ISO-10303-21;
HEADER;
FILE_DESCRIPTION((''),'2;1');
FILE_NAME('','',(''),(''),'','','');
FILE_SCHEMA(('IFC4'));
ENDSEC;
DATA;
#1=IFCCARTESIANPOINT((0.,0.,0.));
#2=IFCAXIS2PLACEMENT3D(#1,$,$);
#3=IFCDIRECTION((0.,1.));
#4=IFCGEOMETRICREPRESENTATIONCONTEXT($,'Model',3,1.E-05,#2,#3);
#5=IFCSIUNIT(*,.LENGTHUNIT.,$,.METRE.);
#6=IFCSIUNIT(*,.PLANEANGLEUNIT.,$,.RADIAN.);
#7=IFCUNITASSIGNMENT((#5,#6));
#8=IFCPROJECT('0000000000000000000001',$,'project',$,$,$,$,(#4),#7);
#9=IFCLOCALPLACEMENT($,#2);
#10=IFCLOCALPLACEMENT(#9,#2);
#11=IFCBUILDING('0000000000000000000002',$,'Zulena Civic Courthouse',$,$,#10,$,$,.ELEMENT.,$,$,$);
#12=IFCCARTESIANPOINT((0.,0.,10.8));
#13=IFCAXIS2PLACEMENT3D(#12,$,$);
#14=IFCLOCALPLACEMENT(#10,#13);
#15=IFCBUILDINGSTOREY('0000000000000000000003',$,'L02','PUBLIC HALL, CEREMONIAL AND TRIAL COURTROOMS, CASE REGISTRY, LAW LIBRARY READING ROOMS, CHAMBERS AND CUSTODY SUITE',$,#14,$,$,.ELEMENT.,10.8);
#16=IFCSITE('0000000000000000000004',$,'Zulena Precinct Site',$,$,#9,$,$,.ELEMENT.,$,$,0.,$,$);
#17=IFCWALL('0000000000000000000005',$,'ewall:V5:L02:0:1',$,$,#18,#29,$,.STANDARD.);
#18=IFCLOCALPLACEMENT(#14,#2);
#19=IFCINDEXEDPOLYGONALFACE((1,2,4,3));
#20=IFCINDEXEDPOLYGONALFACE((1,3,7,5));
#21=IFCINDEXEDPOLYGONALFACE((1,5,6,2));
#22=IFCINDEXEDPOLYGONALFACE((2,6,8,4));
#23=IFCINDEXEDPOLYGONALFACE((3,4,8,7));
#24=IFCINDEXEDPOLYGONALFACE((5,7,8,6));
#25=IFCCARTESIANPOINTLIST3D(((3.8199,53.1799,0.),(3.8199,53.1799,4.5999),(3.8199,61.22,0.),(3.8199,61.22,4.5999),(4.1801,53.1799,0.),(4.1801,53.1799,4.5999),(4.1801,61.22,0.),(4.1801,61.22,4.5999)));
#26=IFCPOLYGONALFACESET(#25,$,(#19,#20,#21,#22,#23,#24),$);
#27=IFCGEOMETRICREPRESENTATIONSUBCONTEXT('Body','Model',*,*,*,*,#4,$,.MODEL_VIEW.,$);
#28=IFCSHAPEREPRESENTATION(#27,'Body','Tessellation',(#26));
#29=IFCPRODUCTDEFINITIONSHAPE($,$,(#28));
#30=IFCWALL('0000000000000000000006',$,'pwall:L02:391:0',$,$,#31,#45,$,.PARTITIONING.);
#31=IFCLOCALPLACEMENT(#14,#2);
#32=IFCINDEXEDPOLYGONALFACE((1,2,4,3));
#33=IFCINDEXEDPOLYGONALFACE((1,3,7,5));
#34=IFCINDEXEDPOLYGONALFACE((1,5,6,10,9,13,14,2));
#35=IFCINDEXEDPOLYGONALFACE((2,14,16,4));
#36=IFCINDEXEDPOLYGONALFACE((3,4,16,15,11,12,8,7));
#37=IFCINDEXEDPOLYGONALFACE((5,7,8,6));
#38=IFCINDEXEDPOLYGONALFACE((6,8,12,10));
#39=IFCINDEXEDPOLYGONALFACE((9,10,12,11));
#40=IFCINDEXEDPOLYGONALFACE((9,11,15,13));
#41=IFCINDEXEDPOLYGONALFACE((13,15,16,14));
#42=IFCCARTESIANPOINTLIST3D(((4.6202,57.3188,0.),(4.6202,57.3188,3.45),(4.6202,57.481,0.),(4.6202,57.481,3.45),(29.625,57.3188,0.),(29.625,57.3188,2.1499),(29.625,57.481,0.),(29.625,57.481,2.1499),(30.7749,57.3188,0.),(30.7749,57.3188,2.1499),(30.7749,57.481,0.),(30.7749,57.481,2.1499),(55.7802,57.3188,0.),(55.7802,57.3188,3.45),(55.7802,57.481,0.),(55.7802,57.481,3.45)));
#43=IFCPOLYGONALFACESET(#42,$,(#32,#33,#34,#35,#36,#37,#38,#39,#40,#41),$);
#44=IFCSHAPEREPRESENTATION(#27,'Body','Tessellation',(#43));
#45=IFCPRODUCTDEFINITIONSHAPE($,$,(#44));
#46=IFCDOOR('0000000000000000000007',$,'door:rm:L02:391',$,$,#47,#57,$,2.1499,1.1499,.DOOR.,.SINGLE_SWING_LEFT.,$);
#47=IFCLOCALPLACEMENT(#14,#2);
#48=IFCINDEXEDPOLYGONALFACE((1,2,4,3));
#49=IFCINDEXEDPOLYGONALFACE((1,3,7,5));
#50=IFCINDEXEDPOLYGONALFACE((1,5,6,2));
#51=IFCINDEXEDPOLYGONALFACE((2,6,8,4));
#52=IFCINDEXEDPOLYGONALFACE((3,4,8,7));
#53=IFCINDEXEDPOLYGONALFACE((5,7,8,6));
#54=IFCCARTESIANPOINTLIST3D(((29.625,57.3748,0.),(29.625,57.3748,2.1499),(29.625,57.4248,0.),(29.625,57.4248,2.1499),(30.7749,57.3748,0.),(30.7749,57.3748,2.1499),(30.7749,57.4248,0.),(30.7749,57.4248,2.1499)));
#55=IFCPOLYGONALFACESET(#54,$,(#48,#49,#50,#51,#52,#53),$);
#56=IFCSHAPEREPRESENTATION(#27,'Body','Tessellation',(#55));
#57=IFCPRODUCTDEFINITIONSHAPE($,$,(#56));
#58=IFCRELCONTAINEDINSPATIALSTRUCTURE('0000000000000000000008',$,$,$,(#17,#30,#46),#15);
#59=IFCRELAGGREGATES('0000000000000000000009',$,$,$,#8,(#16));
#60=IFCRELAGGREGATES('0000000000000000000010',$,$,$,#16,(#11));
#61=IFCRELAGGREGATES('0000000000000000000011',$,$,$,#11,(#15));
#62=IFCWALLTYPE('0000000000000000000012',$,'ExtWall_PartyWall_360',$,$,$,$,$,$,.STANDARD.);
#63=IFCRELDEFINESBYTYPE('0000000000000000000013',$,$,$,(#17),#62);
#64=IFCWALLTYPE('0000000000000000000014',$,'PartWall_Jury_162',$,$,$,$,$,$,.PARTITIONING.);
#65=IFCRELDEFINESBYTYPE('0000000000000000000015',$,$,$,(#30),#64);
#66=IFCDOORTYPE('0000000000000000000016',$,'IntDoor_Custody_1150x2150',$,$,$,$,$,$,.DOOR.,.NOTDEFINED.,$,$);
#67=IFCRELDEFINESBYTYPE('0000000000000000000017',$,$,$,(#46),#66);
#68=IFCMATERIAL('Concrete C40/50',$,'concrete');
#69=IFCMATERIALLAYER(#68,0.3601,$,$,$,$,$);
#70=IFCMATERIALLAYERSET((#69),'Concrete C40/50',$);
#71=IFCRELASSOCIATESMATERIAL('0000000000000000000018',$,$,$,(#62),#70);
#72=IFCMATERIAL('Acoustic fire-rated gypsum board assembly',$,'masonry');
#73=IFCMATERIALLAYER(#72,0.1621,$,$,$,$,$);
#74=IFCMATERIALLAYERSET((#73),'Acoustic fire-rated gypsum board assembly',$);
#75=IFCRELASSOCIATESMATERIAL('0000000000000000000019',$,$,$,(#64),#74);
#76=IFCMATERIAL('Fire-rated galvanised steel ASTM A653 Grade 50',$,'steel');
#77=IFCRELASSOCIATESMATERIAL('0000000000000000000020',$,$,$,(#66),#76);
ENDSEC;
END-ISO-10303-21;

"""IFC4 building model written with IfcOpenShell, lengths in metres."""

from ifc_helpers import new_model, si_unit, direction, frame, frame_2d, origin, place, context, subcontext, project, spatial, rectangle, extrude, material, layer, layer_set, type_object, element, fill, save


model = new_model("IFC4")

# Units and contexts
model_context = context("Model", 3, precision=1e-05, world=origin(), true_north=direction((0.0, 1.0)))
body_context = subcontext(model_context, "Body", "Model", "MODEL_VIEW")
ifc_project = project(units=[si_unit("LENGTHUNIT", "METRE"), si_unit("PLANEANGLEUNIT", "RADIAN")], contexts=[model_context])

# Site, building, storey
site_placement = place(None, origin())
site = spatial("IfcSite", under=ifc_project, at=site_placement, Name="Zulena Precinct Site", CompositionType="ELEMENT", RefElevation=0.0)
building_placement = place(site_placement, origin())
building = spatial("IfcBuilding", under=site, at=building_placement, Name="Zulena Civic Courthouse", CompositionType="ELEMENT")
storey_placement = place(building_placement, frame((0.0, 0.0, 10.8)))
storey = spatial("IfcBuildingStorey", under=building, at=storey_placement, Name="L02", Description="PUBLIC HALL, CEREMONIAL AND TRIAL COURTROOMS, CASE REGISTRY, LAW LIBRARY READING ROOMS, CHAMBERS AND CUSTODY SUITE", CompositionType="ELEMENT", Elevation=10.8)

# Shared definitions
ifc_material_1 = material(Name="Concrete C40/50", Category="concrete")

# Wall
ifc_layer_1 = layer(ifc_material_1, 0.3601)
ifc_layer_set_1 = layer_set([ifc_layer_1], Name="Concrete C40/50")
wall_type_1 = type_object("IfcWallType", Name="ExtWall_PartyWall_360", PredefinedType="STANDARD", material=ifc_layer_set_1)
wall_1_placement = place(storey_placement, frame((4.0, 53.1799, 0.0), z_axis=(0.0, 0.0, 1.0), x_axis=(0.0, 1.0, 0.0)))
element("IfcWall", 1, at=wall_1_placement, inside=storey, type_object=wall_type_1, Name="ewall:V5:L02:0:1", PredefinedType="STANDARD", context=body_context, shape_type="SweptSolid", body=[
    extrude(rectangle(XDim=8.04, YDim=0.3601, at=frame_2d((4.02, 0.0))), origin(), (0.0, 0.0, 1.0), 4.5999),
])

# Wall, opening, door
ifc_material_2 = material(Name="Acoustic fire-rated gypsum board assembly", Category="masonry")
ifc_layer_2 = layer(ifc_material_2, 0.1621)
ifc_layer_set_2 = layer_set([ifc_layer_2], Name="Acoustic fire-rated gypsum board assembly")
wall_type_2 = type_object("IfcWallType", Name="PartWall_Jury_162", PredefinedType="PARTITIONING", material=ifc_layer_set_2)
wall_2_placement = place(storey_placement, frame((4.6201, 57.3999, 0.0), z_axis=(0.0, 0.0, 1.0), x_axis=(1.0, 0.0, 0.0)))
wall_2 = element("IfcWall", 2, at=wall_2_placement, inside=storey, type_object=wall_type_2, Name="pwall:L02:391:0", PredefinedType="PARTITIONING", context=body_context, shape_type="SweptSolid", body=[
    extrude(rectangle(XDim=51.1599, YDim=0.1621, at=frame_2d((25.5801, 0.0))), origin(), (0.0, 0.0, 1.0), 3.45),
])
opening_1_placement = place(wall_2_placement, frame((25.0049, 0.0, 0.0)))
opening_1 = element("IfcOpeningElement", 3, at=opening_1_placement, cuts=wall_2, PredefinedType="OPENING", context=body_context, shape_type="SweptSolid", body=[
    extrude(rectangle(XDim=1.1499, YDim=2.1499, at=frame_2d((0.575, 1.075))), frame((0.0, 0.0911, 0.0), z_axis=(0.0, -1.0, 0.0), x_axis=(1.0, 0.0, 0.0)), (0.0, 0.0, 1.0), 0.1821),
])
ifc_material_3 = material(Name="Fire-rated galvanised steel ASTM A653 Grade 50", Category="steel")
door_type = type_object("IfcDoorType", Name="IntDoor_Custody_1150x2150", OperationType="NOTDEFINED", PredefinedType="DOOR", material=ifc_material_3)
door_placement = place(opening_1_placement, origin())
door = element("IfcDoor", 4, at=door_placement, inside=storey, type_object=door_type, Name="door:rm:L02:391", OperationType="SINGLE_SWING_LEFT", OverallHeight=2.1499, OverallWidth=1.1499, PredefinedType="DOOR", context=body_context, shape_type="SweptSolid", body=[
    extrude(rectangle(XDim=1.1499, YDim=2.1499, at=frame_2d((0.575, 1.075))), frame((0.0, 0.0249, 0.0), z_axis=(0.0, -1.0, 0.0), x_axis=(1.0, 0.0, 0.0)), (0.0, 0.0, 1.0), 0.05),
])
fill(opening_1, door)

save(model, "model.ifc")
